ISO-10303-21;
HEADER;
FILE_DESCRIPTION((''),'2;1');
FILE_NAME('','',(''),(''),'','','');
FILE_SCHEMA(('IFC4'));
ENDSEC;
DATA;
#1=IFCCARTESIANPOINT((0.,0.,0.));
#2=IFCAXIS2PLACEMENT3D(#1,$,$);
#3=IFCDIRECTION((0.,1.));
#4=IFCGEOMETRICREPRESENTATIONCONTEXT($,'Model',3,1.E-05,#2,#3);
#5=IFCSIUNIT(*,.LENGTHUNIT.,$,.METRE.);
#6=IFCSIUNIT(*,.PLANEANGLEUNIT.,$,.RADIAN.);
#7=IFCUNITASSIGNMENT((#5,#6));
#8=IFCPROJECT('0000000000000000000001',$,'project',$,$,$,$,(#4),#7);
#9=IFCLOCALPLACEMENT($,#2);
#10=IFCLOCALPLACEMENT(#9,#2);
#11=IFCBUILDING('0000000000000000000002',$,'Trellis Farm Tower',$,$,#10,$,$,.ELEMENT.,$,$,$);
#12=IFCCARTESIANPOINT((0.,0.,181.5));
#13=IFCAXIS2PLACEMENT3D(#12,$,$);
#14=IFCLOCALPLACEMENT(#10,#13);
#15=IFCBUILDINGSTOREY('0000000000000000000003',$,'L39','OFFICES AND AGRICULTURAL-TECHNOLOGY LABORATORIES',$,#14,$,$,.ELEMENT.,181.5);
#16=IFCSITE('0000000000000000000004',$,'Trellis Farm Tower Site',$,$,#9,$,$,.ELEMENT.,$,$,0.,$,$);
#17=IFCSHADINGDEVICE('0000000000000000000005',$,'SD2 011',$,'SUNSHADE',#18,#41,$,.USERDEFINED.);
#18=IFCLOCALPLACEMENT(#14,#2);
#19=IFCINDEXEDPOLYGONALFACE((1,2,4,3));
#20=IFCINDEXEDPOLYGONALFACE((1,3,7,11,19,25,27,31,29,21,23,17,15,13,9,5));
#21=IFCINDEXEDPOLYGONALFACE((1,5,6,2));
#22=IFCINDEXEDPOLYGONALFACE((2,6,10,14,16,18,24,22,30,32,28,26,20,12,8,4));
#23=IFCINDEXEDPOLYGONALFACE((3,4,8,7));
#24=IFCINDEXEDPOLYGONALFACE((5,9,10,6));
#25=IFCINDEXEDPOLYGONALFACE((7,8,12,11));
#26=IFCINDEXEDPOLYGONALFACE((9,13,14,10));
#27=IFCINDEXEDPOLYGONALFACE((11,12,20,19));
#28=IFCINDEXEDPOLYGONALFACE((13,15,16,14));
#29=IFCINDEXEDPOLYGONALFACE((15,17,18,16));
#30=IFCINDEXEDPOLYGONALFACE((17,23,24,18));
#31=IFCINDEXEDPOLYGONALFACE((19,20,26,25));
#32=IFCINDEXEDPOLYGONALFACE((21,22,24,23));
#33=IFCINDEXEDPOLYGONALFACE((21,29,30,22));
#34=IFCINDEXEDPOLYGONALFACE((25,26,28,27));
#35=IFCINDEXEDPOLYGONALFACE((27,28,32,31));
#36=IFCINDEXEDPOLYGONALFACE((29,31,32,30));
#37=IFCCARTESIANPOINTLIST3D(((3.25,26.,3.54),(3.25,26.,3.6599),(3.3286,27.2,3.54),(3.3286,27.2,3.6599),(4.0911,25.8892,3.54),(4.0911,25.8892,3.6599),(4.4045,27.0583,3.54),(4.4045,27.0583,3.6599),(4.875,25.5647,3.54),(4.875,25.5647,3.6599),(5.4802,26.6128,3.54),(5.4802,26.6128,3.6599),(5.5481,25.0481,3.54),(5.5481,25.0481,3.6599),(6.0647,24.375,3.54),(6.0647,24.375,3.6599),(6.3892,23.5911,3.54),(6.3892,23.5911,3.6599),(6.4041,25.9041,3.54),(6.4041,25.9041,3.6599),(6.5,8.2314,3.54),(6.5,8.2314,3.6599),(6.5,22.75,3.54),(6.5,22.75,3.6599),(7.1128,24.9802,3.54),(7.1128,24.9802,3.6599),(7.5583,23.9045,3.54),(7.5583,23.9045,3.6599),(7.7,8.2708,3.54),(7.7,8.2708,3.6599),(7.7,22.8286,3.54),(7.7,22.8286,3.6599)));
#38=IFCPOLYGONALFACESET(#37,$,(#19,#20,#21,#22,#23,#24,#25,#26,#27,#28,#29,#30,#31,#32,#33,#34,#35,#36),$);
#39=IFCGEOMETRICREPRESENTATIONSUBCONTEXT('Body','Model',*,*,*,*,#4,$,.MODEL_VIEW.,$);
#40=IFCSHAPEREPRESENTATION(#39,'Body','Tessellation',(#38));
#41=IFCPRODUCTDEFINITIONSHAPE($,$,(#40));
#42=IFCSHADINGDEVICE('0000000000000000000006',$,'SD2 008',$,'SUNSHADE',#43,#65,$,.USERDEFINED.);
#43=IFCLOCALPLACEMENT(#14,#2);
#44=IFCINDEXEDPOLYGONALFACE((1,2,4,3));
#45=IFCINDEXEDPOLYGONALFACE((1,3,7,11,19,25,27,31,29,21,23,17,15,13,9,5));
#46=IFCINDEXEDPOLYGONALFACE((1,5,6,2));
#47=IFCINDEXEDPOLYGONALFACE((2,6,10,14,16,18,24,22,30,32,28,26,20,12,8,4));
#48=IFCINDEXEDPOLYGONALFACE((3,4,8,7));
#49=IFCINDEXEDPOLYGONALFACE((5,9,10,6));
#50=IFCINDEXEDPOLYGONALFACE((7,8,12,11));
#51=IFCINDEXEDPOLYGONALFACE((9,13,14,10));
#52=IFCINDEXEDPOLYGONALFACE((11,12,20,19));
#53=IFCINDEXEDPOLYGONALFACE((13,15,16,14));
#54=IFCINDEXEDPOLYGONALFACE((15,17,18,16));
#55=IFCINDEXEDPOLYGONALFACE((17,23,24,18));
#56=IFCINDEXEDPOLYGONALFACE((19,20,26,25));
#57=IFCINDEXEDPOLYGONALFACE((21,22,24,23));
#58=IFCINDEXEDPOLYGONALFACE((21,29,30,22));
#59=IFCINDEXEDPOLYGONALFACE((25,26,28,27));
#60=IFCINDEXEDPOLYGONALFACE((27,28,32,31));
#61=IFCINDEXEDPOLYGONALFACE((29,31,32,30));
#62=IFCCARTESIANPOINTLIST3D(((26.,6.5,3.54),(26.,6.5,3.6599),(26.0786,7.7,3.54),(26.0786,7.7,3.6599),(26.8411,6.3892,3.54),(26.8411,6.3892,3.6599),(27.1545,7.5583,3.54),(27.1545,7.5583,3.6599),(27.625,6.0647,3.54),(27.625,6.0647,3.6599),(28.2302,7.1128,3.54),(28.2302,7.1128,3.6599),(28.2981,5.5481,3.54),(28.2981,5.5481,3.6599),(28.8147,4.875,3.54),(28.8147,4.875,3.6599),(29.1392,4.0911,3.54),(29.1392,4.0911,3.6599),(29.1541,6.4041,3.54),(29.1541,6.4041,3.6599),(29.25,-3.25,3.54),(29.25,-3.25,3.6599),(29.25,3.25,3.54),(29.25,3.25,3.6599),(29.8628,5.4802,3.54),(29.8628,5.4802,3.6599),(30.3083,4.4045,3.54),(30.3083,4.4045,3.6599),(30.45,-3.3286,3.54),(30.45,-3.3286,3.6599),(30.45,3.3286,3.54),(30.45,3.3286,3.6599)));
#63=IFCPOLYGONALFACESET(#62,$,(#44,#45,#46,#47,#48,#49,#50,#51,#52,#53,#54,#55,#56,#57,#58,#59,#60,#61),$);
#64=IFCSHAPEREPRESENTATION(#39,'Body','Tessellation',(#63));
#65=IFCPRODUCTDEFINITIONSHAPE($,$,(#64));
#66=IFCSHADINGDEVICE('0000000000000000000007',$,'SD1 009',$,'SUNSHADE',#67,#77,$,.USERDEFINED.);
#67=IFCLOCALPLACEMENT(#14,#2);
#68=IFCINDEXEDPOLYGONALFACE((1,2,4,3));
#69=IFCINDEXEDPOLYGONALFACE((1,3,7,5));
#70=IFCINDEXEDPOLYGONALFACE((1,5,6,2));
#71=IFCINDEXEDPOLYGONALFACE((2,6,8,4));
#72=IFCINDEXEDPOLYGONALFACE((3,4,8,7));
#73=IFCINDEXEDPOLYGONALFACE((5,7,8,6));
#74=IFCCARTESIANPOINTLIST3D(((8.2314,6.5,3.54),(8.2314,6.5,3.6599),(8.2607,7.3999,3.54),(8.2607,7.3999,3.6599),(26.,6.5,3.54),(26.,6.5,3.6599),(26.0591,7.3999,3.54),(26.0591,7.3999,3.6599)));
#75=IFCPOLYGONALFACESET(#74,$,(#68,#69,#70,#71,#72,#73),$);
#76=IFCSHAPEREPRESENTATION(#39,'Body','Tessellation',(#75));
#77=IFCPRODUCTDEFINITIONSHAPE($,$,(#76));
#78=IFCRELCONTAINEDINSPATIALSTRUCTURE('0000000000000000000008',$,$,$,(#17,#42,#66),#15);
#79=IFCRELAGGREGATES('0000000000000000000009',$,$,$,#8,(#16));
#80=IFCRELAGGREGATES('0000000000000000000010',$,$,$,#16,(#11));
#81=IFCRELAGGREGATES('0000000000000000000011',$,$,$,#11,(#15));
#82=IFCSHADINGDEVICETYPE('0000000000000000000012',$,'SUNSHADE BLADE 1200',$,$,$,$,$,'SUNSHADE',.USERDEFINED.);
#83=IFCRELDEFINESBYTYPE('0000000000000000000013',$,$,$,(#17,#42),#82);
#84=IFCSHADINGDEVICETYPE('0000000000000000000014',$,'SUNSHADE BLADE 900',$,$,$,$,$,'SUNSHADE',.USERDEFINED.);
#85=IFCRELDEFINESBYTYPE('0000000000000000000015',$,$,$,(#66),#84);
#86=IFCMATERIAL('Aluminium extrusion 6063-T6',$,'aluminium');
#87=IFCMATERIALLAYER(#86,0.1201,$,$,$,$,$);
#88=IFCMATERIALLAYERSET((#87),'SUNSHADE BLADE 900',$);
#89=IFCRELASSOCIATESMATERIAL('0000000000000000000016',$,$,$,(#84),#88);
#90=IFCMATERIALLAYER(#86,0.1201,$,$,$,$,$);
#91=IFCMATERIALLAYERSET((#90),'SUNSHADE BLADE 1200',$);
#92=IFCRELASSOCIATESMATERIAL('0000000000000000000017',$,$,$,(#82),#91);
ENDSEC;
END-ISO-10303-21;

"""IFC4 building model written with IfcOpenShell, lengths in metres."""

from ifc_helpers import new_model, si_unit, direction, frame, origin, place, context, subcontext, project, spatial, polyline, outline, extrude, source, transform, mapped, material, layer, layer_set, type_object, element, save


model = new_model("IFC4")

# Units and contexts
model_context = context("Model", 3, precision=1e-05, world=origin(), true_north=direction((0.0, 1.0)))
body_context = subcontext(model_context, "Body", "Model", "MODEL_VIEW")
ifc_project = project(units=[si_unit("LENGTHUNIT", "METRE"), si_unit("PLANEANGLEUNIT", "RADIAN")], contexts=[model_context])

# Site, building, storey
site_placement = place(None, origin())
site = spatial("IfcSite", under=ifc_project, at=site_placement, Name="Trellis Farm Tower Site", CompositionType="ELEMENT", RefElevation=0.0)
building_placement = place(site_placement, origin())
building = spatial("IfcBuilding", under=site, at=building_placement, Name="Trellis Farm Tower", CompositionType="ELEMENT")
storey_placement = place(building_placement, frame((0.0, 0.0, 181.5)))
storey = spatial("IfcBuildingStorey", under=building, at=storey_placement, Name="L39", Description="OFFICES AND AGRICULTURAL-TECHNOLOGY LABORATORIES", CompositionType="ELEMENT", Elevation=181.5)

# Shared definitions
ifc_material_1 = material(Name="Aluminium extrusion 6063-T6", Category="aluminium")

# Shading devices
ifc_layer_1 = layer(ifc_material_1, 0.1201)
ifc_layer_set_1 = layer_set([ifc_layer_1], Name="SUNSHADE BLADE 900")
shading_device_type_1 = type_object("IfcShadingDeviceType", Name="SUNSHADE BLADE 900", ElementType="SUNSHADE", PredefinedType="USERDEFINED", material=ifc_layer_set_1)
placement_1 = place(storey_placement, frame((0.0, 0.0, 3.54)))
ifc_layer_2 = layer(ifc_material_1, 0.1201)
ifc_layer_set_2 = layer_set([ifc_layer_2], Name="SUNSHADE BLADE 1200")
shading_device_type_2 = type_object("IfcShadingDeviceType", Name="SUNSHADE BLADE 1200", ElementType="SUNSHADE", PredefinedType="USERDEFINED", material=ifc_layer_set_2)
shared_shape_1 = source(origin(), body_context, "Body", "SweptSolid", [
    extrude(outline(polyline([(7.7, 8.2708), (7.7, 22.8286), (7.5583, 23.9045), (7.1128, 24.9802), (6.4041, 25.9041), (5.4802, 26.6128), (4.4045, 27.0583), (3.3286, 27.2), (3.25, 26.0), (4.0911, 25.8892), (4.875, 25.5647), (5.5481, 25.0481), (6.0647, 24.375), (6.3892, 23.5911), (6.5, 22.75), (6.5, 8.2314), (7.7, 8.2708)])), origin(), (0.0, 0.0, 1.0), 0.1199),
])
element("IfcShadingDevice", 1, at=placement_1, inside=storey, type_object=shading_device_type_2, Name="SD2 011", ObjectType="SUNSHADE", PredefinedType="USERDEFINED", context=body_context, shape_type="MappedRepresentation", body=[
    mapped(shared_shape_1, transform((0.0, 0.0, 0.0))),
])
shared_shape_2 = source(origin(), body_context, "Body", "SweptSolid", [
    extrude(outline(polyline([(30.45, -3.3286), (30.45, 3.3286), (30.3083, 4.4045), (29.8628, 5.4802), (29.1541, 6.4041), (28.2302, 7.1128), (27.1545, 7.5583), (26.0786, 7.7), (26.0, 6.5), (26.8411, 6.3892), (27.625, 6.0647), (28.2981, 5.5481), (28.8147, 4.875), (29.1392, 4.0911), (29.25, 3.25), (29.25, -3.25), (30.45, -3.3286)])), origin(), (0.0, 0.0, 1.0), 0.1199),
])
element("IfcShadingDevice", 2, at=placement_1, inside=storey, type_object=shading_device_type_2, Name="SD2 008", ObjectType="SUNSHADE", PredefinedType="USERDEFINED", context=body_context, shape_type="MappedRepresentation", body=[
    mapped(shared_shape_2, transform((0.0, 0.0, 0.0))),
])
shared_shape_3 = source(origin(), body_context, "Body", "SweptSolid", [
    extrude(outline(polyline([(26.0591, 7.3999), (8.2607, 7.3999), (8.2314, 6.5), (26.0, 6.5), (26.0591, 7.3999)])), origin(), (0.0, 0.0, 1.0), 0.1199),
])
element("IfcShadingDevice", 3, at=placement_1, inside=storey, type_object=shading_device_type_1, Name="SD1 009", ObjectType="SUNSHADE", PredefinedType="USERDEFINED", context=body_context, shape_type="MappedRepresentation", body=[
    mapped(shared_shape_3, transform((0.0, 0.0, 0.0))),
])

save(model, "model.ifc")
